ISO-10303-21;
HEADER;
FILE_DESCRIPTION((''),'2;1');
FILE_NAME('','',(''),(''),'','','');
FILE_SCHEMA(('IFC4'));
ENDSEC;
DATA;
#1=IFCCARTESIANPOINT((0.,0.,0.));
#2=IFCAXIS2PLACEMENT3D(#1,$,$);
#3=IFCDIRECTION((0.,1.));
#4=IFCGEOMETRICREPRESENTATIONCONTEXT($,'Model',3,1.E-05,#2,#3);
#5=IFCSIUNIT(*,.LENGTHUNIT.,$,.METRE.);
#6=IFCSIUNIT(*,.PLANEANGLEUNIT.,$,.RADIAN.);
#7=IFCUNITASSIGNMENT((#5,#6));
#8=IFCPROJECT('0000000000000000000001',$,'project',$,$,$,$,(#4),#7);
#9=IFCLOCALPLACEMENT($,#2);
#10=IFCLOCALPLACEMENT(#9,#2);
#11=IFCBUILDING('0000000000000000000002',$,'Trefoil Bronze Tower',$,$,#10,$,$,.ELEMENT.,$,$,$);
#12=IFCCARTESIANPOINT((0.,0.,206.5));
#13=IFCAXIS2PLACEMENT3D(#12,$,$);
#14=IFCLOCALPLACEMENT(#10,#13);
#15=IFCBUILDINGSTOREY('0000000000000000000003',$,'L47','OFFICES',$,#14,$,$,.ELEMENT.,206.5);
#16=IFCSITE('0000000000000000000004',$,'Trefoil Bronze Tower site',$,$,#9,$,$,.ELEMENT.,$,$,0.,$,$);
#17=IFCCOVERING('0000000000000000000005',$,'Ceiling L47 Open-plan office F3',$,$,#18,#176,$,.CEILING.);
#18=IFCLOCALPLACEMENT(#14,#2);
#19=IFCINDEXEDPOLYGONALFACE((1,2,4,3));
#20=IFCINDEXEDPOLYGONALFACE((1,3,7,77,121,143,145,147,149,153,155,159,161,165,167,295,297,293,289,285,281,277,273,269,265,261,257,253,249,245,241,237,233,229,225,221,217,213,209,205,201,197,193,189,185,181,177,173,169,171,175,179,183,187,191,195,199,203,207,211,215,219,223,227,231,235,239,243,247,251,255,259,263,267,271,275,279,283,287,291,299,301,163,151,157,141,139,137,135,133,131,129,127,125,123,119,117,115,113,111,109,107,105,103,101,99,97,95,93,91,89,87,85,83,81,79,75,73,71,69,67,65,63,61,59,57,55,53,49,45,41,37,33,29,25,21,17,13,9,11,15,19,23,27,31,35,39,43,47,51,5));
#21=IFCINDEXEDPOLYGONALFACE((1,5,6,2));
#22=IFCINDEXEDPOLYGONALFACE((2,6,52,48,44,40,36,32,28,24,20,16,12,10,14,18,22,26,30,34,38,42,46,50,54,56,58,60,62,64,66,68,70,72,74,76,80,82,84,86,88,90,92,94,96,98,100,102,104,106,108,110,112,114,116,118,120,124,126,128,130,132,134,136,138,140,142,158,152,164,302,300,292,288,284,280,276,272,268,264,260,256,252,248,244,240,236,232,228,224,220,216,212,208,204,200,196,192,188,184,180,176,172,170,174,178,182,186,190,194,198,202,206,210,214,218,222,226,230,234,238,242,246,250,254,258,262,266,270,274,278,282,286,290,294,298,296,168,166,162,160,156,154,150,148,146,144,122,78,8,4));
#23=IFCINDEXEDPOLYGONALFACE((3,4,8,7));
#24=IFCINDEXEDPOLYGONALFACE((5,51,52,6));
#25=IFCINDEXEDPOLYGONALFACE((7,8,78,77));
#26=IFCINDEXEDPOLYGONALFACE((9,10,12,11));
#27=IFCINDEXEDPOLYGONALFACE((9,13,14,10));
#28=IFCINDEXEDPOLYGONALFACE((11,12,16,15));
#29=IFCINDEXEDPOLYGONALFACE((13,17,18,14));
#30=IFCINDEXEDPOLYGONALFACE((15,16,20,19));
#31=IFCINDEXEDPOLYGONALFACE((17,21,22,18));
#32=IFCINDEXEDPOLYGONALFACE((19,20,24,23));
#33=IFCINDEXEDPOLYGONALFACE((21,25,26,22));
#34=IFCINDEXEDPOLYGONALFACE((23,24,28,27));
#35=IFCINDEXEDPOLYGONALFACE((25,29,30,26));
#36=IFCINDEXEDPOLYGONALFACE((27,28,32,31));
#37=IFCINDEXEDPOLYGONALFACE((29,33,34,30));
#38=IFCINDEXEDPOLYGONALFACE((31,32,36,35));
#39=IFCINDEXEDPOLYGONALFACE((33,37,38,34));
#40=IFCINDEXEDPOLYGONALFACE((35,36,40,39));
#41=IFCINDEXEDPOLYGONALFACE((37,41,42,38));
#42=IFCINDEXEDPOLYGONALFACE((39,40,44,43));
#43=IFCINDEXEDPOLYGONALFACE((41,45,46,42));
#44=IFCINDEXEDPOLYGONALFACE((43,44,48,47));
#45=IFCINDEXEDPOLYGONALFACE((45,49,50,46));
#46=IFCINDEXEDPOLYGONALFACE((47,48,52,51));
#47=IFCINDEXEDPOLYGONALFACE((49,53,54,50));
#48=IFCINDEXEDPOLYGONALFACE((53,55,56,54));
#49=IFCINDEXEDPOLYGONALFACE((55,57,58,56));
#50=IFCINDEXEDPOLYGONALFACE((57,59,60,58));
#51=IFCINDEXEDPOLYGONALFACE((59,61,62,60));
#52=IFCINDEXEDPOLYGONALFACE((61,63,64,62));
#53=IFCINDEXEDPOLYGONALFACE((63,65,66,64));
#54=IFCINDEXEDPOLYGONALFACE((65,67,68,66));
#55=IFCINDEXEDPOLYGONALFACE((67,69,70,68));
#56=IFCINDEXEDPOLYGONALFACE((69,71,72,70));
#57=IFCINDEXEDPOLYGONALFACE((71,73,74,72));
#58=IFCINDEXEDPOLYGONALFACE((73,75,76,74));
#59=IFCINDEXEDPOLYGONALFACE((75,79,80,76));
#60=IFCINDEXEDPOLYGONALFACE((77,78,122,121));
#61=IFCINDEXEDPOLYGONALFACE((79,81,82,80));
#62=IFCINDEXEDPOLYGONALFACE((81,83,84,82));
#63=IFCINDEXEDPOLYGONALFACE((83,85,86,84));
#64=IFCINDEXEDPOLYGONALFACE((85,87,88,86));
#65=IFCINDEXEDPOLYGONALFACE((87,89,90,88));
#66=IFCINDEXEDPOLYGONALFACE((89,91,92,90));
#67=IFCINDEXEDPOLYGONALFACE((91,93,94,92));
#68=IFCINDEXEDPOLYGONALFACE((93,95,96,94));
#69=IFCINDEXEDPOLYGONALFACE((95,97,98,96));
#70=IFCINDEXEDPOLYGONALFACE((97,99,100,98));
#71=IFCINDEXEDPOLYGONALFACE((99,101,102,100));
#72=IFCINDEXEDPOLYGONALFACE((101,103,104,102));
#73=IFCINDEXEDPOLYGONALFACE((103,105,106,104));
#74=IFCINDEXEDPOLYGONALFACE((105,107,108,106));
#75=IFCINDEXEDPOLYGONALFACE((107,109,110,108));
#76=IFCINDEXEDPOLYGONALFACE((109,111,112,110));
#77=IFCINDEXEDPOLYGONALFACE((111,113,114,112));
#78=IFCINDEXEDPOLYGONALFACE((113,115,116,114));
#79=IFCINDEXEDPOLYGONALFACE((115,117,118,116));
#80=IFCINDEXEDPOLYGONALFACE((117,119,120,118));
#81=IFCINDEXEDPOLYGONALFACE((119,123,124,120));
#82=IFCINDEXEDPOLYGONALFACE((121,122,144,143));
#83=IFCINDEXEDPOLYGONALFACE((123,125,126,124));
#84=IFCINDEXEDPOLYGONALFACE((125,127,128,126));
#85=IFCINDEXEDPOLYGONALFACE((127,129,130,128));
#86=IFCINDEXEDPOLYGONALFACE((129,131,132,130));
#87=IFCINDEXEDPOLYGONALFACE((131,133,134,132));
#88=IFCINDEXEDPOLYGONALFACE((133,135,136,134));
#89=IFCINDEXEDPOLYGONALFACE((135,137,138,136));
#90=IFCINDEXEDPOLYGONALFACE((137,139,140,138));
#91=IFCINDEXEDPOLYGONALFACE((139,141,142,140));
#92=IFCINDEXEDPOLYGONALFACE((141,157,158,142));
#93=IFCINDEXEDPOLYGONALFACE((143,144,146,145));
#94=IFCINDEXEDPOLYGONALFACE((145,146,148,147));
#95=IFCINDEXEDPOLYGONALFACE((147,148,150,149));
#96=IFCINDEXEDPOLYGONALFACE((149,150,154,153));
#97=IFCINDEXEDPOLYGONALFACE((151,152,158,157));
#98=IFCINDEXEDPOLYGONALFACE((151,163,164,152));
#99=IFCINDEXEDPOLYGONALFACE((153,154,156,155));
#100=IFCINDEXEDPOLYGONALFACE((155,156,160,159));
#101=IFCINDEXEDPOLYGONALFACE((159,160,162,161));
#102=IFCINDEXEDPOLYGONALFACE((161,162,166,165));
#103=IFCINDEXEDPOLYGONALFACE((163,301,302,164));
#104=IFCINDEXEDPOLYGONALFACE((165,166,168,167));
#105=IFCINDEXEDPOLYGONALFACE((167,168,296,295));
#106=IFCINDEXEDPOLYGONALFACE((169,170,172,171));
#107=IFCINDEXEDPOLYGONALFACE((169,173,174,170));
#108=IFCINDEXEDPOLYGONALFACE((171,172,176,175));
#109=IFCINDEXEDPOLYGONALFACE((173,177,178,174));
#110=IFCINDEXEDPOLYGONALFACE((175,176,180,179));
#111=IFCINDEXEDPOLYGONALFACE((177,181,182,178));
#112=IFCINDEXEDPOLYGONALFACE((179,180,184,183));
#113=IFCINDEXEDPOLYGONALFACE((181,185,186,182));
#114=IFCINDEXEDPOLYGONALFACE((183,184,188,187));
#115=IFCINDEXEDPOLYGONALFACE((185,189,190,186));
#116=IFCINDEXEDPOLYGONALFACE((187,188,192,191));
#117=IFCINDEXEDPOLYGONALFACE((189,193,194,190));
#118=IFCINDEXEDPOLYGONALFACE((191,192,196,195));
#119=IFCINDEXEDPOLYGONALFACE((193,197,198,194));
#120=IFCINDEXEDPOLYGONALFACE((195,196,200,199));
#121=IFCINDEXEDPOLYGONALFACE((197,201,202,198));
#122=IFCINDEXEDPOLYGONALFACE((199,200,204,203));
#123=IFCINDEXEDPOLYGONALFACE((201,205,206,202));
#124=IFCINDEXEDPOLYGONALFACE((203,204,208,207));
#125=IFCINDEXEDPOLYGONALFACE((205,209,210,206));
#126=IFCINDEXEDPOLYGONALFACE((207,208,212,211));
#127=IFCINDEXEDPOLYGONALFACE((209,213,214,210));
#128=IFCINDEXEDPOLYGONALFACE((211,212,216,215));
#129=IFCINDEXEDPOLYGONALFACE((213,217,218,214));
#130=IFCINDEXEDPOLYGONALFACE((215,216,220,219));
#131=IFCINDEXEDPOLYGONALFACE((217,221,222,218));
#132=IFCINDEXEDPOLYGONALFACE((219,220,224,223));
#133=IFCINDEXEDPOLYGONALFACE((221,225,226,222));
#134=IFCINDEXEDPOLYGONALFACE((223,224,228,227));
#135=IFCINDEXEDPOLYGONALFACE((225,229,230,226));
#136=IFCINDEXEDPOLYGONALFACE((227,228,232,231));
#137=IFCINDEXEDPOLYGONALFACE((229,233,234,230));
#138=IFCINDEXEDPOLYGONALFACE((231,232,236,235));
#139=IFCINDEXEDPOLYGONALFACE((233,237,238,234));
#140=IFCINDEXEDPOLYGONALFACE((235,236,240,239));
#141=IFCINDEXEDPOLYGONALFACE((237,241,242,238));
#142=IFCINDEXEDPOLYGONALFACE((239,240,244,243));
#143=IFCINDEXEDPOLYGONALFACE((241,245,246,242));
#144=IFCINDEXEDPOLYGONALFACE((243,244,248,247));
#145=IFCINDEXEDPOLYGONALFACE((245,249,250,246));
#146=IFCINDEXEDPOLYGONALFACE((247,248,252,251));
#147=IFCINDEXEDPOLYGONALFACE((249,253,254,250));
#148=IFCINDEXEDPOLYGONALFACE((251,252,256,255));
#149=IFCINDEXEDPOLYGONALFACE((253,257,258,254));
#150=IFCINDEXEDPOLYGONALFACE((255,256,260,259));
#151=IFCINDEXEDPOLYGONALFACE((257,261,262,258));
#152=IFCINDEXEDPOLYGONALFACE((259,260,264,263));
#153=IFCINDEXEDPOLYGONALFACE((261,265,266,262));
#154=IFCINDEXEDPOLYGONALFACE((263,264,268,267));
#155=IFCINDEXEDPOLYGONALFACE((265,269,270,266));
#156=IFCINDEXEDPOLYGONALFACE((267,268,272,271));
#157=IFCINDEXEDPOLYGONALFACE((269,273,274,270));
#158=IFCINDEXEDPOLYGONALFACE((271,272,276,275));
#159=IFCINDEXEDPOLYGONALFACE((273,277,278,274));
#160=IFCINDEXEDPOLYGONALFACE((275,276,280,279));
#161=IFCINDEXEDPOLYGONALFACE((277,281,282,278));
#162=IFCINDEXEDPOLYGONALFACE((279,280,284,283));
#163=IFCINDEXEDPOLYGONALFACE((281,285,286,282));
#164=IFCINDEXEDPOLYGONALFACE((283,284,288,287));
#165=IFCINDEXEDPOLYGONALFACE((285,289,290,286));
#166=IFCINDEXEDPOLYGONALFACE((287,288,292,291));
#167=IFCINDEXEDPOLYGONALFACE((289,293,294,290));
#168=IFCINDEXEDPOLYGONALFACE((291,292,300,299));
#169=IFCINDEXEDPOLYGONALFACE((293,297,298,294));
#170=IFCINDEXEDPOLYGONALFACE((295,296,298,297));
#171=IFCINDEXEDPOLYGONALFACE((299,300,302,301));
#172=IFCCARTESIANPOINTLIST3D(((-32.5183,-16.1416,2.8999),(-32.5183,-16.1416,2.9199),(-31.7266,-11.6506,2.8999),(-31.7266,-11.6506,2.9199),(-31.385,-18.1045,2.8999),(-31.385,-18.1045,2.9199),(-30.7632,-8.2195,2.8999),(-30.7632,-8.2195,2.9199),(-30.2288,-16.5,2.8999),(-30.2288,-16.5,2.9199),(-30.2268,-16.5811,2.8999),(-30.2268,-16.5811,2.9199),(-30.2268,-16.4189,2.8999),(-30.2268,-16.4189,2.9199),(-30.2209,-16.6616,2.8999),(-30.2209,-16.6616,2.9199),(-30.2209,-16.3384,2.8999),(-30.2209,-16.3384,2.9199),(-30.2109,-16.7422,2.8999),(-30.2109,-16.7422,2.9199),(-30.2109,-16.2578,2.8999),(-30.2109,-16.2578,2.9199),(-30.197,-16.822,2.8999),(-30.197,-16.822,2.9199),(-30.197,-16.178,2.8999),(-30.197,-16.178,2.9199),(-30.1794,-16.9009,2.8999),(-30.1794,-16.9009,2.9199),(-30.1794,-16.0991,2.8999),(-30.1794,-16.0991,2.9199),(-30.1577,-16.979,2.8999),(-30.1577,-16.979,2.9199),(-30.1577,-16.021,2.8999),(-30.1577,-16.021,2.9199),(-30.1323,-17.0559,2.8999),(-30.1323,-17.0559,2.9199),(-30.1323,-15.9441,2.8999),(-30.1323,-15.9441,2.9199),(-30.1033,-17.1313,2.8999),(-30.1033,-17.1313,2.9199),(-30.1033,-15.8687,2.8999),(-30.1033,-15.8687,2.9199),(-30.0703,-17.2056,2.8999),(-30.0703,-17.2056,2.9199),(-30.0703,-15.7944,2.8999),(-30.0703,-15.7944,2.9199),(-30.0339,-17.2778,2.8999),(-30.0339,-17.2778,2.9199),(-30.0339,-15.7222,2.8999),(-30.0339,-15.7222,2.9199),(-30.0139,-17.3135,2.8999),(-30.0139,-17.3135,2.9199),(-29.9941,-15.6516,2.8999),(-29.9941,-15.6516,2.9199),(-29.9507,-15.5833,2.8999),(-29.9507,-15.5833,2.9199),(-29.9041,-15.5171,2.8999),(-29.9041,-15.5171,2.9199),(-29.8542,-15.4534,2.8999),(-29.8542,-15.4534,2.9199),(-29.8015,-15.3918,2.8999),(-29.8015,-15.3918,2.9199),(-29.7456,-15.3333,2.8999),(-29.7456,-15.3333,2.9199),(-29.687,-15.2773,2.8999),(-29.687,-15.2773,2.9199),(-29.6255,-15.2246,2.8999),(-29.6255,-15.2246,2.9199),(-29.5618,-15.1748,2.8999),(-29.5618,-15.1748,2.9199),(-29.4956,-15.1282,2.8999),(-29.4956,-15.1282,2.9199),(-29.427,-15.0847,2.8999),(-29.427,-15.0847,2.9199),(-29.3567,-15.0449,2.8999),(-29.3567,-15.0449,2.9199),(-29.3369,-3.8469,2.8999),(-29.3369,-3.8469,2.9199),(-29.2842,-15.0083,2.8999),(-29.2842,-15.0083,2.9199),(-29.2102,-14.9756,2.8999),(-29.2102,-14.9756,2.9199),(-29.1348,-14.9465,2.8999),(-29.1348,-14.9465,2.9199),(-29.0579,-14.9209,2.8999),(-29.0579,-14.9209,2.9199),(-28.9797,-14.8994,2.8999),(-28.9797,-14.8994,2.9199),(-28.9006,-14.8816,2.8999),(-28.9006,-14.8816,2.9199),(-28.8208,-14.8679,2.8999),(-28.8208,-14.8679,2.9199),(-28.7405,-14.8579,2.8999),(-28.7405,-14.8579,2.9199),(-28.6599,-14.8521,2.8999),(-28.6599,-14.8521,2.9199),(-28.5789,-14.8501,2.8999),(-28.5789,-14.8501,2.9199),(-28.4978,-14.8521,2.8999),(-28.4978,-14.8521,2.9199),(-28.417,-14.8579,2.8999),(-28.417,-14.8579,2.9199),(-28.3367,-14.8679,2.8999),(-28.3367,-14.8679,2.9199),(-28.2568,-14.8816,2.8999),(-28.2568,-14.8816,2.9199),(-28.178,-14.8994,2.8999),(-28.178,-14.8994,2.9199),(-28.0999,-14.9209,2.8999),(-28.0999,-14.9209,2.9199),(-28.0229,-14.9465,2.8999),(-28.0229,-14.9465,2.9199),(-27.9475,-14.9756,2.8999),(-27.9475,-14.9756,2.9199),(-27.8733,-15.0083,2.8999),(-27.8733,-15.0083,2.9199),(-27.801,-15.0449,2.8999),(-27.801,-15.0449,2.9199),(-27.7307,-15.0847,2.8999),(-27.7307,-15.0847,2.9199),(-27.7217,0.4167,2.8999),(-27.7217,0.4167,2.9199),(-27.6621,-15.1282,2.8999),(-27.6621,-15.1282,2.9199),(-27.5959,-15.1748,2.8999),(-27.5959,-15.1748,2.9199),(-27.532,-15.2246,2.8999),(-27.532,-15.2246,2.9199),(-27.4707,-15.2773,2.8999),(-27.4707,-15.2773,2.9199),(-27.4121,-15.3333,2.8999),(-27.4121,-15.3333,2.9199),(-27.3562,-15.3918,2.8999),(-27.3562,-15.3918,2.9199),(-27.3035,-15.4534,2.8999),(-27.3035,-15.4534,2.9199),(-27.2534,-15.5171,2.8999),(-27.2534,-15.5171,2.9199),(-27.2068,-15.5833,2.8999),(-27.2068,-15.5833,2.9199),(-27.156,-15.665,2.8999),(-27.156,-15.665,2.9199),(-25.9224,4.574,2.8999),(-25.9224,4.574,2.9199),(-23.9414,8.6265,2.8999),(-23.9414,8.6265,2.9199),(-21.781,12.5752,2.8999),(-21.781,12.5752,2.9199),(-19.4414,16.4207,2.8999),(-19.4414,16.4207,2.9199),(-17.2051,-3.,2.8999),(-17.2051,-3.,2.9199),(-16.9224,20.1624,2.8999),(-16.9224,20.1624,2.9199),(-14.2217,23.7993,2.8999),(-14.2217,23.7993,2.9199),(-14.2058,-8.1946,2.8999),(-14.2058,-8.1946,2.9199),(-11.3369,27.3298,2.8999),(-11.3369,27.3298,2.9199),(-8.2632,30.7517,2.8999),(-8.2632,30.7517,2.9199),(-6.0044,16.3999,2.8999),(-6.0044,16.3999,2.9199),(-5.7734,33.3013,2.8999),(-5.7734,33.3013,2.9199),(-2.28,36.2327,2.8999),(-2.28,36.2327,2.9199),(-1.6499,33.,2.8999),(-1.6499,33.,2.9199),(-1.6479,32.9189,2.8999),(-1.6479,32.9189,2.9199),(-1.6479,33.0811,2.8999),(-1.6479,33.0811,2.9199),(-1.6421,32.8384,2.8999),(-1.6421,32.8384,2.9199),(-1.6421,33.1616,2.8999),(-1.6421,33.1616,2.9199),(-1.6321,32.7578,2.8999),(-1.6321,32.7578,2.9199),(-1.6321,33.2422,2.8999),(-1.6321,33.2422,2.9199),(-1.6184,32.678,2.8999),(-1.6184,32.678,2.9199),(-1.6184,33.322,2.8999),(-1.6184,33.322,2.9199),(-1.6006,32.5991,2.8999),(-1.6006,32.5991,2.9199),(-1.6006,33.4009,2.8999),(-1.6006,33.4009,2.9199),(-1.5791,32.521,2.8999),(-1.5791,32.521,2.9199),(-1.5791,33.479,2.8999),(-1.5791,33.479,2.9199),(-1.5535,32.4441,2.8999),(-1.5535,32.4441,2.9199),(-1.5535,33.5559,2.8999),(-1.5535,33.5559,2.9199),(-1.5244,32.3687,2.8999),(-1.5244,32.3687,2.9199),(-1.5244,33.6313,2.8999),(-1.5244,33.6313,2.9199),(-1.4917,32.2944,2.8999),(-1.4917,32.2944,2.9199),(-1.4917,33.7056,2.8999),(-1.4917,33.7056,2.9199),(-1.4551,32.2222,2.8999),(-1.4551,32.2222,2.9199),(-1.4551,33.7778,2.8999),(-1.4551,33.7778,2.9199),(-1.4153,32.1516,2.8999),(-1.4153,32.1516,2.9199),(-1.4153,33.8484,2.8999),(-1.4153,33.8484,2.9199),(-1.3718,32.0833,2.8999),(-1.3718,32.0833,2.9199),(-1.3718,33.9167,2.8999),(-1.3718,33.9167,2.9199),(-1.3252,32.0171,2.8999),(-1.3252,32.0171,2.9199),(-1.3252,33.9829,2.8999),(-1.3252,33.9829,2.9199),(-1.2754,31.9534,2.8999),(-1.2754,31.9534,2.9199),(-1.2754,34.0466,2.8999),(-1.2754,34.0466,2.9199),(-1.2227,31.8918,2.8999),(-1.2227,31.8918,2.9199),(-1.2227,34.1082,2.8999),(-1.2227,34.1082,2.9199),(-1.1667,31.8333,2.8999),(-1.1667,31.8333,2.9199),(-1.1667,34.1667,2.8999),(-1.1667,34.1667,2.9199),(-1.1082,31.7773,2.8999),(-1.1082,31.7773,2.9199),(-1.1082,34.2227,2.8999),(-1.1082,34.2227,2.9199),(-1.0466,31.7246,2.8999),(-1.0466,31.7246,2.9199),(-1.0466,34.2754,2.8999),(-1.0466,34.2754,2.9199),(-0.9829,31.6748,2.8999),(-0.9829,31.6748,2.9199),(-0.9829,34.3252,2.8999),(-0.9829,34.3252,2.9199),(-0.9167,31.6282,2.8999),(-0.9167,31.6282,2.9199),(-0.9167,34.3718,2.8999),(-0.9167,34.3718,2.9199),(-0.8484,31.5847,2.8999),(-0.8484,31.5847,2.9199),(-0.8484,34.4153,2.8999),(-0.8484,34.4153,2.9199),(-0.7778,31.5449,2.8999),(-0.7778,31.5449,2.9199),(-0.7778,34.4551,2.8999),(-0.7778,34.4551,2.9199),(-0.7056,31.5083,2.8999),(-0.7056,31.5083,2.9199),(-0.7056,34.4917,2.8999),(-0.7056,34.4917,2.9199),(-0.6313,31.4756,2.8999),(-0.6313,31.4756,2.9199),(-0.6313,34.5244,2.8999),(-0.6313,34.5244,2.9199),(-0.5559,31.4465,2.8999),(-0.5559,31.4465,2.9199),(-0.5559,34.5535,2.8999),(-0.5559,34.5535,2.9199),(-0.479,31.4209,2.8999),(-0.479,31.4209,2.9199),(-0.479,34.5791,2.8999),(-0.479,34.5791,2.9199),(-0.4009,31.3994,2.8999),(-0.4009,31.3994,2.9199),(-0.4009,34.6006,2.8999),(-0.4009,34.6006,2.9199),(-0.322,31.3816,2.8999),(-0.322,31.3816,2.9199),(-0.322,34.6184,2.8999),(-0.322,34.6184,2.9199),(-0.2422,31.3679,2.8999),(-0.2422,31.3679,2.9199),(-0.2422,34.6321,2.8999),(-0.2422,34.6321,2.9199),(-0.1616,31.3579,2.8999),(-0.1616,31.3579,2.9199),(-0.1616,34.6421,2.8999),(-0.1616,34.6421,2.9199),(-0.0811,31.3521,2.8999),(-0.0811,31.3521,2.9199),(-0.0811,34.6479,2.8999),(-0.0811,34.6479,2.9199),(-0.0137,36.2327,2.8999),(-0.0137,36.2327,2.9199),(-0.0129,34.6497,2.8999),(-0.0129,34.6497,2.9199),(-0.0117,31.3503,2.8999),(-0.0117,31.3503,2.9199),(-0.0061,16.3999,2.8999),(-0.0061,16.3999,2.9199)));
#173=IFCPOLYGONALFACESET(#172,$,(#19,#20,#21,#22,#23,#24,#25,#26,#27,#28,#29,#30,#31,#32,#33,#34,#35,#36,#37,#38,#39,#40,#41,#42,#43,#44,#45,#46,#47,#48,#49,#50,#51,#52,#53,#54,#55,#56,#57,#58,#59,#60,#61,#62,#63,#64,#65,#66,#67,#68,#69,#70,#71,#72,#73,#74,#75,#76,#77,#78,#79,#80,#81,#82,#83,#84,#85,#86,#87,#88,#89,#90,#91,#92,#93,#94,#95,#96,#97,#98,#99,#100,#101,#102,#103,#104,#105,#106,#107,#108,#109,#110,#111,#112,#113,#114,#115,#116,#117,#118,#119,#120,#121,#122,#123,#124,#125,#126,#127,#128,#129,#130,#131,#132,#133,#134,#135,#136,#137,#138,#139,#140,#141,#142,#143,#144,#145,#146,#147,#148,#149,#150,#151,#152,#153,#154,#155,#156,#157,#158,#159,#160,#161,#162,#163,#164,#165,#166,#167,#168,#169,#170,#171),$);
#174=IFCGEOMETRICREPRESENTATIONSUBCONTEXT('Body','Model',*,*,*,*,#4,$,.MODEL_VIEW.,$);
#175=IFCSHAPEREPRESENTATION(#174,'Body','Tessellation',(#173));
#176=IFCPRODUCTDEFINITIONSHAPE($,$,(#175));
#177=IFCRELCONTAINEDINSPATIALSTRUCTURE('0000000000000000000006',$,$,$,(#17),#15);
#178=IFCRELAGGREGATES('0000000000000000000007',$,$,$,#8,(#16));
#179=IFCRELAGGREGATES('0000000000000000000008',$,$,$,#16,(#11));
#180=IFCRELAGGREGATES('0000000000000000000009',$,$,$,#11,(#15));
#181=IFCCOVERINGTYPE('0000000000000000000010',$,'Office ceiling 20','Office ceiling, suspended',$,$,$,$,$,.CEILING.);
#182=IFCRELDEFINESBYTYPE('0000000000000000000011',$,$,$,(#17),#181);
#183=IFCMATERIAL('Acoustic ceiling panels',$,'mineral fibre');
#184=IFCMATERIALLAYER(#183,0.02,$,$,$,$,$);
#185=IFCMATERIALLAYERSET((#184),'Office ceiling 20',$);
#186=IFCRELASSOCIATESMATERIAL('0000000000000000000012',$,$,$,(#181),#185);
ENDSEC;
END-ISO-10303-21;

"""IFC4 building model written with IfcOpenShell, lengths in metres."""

from ifc_helpers import new_model, si_unit, direction, frame, origin, place, context, subcontext, project, spatial, polyline, outline, extrude, material, layer, layer_set, type_object, element, save


model = new_model("IFC4")

# Units and contexts
model_context = context("Model", 3, precision=1e-05, world=origin(), true_north=direction((0.0, 1.0)))
body_context = subcontext(model_context, "Body", "Model", "MODEL_VIEW")
ifc_project = project(units=[si_unit("LENGTHUNIT", "METRE"), si_unit("PLANEANGLEUNIT", "RADIAN")], contexts=[model_context])

# Site, building, storey
site_placement = place(None, origin())
site = spatial("IfcSite", under=ifc_project, at=site_placement, Name="Trefoil Bronze Tower site", CompositionType="ELEMENT", RefElevation=0.0)
building_placement = place(site_placement, origin())
building = spatial("IfcBuilding", under=site, at=building_placement, Name="Trefoil Bronze Tower", CompositionType="ELEMENT")
storey_placement = place(building_placement, frame((0.0, 0.0, 206.5)))
storey = spatial("IfcBuildingStorey", under=building, at=storey_placement, Name="L47", Description="OFFICES", CompositionType="ELEMENT", Elevation=206.5)

# Covering
ifc_material_1 = material(Name="Acoustic ceiling panels", Category="mineral fibre")
ifc_layer_1 = layer(ifc_material_1, 0.02)
ifc_layer_set_1 = layer_set([ifc_layer_1], Name="Office ceiling 20")
covering_type_1 = type_object("IfcCoveringType", Name="Office ceiling 20", Description="Office ceiling, suspended", PredefinedType="CEILING", material=ifc_layer_set_1)
covering_1_placement = place(storey_placement, frame((0.0, 0.0, 2.8999)))
element("IfcCovering", 1, at=covering_1_placement, inside=storey, type_object=covering_type_1, Name="Ceiling L47 Open-plan office F3", PredefinedType="CEILING", context=body_context, shape_type="SweptSolid", body=[
    extrude(outline(polyline([(-30.7632, -8.2195), (-29.3369, -3.8469), (-27.7217, 0.4167), (-25.9224, 4.574), (-23.9414, 8.6265), (-21.781, 12.5752), (-19.4414, 16.4207), (-16.9224, 20.1624), (-14.2217, 23.7993), (-11.3369, 27.3298), (-8.2632, 30.7517), (-5.7734, 33.3013), (-2.28, 36.2327), (-0.0137, 36.2327), (-0.0129, 34.6497), (-0.0811, 34.6479), (-0.1616, 34.6421), (-0.2422, 34.6321), (-0.322, 34.6184), (-0.4009, 34.6006), (-0.479, 34.5791), (-0.5559, 34.5535), (-0.6313, 34.5244), (-0.7056, 34.4917), (-0.7778, 34.4551), (-0.8484, 34.4153), (-0.9167, 34.3718), (-0.9829, 34.3252), (-1.0466, 34.2754), (-1.1082, 34.2227), (-1.1667, 34.1667), (-1.2227, 34.1082), (-1.2754, 34.0466), (-1.3252, 33.9829), (-1.3718, 33.9167), (-1.4153, 33.8484), (-1.4551, 33.7778), (-1.4917, 33.7056), (-1.5244, 33.6313), (-1.5535, 33.5559), (-1.5791, 33.479), (-1.6006, 33.4009), (-1.6184, 33.322), (-1.6321, 33.2422), (-1.6421, 33.1616), (-1.6479, 33.0811), (-1.6499, 33.0), (-1.6479, 32.9189), (-1.6421, 32.8384), (-1.6321, 32.7578), (-1.6184, 32.678), (-1.6006, 32.5991), (-1.5791, 32.521), (-1.5535, 32.4441), (-1.5244, 32.3687), (-1.4917, 32.2944), (-1.4551, 32.2222), (-1.4153, 32.1516), (-1.3718, 32.0833), (-1.3252, 32.0171), (-1.2754, 31.9534), (-1.2227, 31.8918), (-1.1667, 31.8333), (-1.1082, 31.7773), (-1.0466, 31.7246), (-0.9829, 31.6748), (-0.9167, 31.6282), (-0.8484, 31.5847), (-0.7778, 31.5449), (-0.7056, 31.5083), (-0.6313, 31.4756), (-0.5559, 31.4465), (-0.479, 31.4209), (-0.4009, 31.3994), (-0.322, 31.3816), (-0.2422, 31.3679), (-0.1616, 31.3579), (-0.0811, 31.3521), (-0.0117, 31.3503), (-0.0061, 16.3999), (-6.0044, 16.3999), (-17.2051, -3.0), (-14.2058, -8.1946), (-27.156, -15.665), (-27.2068, -15.5833), (-27.2534, -15.5171), (-27.3035, -15.4534), (-27.3562, -15.3918), (-27.4121, -15.3333), (-27.4707, -15.2773), (-27.532, -15.2246), (-27.5959, -15.1748), (-27.6621, -15.1282), (-27.7307, -15.0847), (-27.801, -15.0449), (-27.8733, -15.0083), (-27.9475, -14.9756), (-28.0229, -14.9465), (-28.0999, -14.9209), (-28.178, -14.8994), (-28.2568, -14.8816), (-28.3367, -14.8679), (-28.417, -14.8579), (-28.4978, -14.8521), (-28.5789, -14.8501), (-28.6599, -14.8521), (-28.7405, -14.8579), (-28.8208, -14.8679), (-28.9006, -14.8816), (-28.9797, -14.8994), (-29.0579, -14.9209), (-29.1348, -14.9465), (-29.2102, -14.9756), (-29.2842, -15.0083), (-29.3567, -15.0449), (-29.427, -15.0847), (-29.4956, -15.1282), (-29.5618, -15.1748), (-29.6255, -15.2246), (-29.687, -15.2773), (-29.7456, -15.3333), (-29.8015, -15.3918), (-29.8542, -15.4534), (-29.9041, -15.5171), (-29.9507, -15.5833), (-29.9941, -15.6516), (-30.0339, -15.7222), (-30.0703, -15.7944), (-30.1033, -15.8687), (-30.1323, -15.9441), (-30.1577, -16.021), (-30.1794, -16.0991), (-30.197, -16.178), (-30.2109, -16.2578), (-30.2209, -16.3384), (-30.2268, -16.4189), (-30.2288, -16.5), (-30.2268, -16.5811), (-30.2209, -16.6616), (-30.2109, -16.7422), (-30.197, -16.822), (-30.1794, -16.9009), (-30.1577, -16.979), (-30.1323, -17.0559), (-30.1033, -17.1313), (-30.0703, -17.2056), (-30.0339, -17.2778), (-30.0139, -17.3135), (-31.385, -18.1045), (-32.5183, -16.1416), (-31.7266, -11.6506), (-30.7632, -8.2195)])), origin(), (0.0, 0.0, 1.0), 0.02),
])

save(model, "model.ifc")
